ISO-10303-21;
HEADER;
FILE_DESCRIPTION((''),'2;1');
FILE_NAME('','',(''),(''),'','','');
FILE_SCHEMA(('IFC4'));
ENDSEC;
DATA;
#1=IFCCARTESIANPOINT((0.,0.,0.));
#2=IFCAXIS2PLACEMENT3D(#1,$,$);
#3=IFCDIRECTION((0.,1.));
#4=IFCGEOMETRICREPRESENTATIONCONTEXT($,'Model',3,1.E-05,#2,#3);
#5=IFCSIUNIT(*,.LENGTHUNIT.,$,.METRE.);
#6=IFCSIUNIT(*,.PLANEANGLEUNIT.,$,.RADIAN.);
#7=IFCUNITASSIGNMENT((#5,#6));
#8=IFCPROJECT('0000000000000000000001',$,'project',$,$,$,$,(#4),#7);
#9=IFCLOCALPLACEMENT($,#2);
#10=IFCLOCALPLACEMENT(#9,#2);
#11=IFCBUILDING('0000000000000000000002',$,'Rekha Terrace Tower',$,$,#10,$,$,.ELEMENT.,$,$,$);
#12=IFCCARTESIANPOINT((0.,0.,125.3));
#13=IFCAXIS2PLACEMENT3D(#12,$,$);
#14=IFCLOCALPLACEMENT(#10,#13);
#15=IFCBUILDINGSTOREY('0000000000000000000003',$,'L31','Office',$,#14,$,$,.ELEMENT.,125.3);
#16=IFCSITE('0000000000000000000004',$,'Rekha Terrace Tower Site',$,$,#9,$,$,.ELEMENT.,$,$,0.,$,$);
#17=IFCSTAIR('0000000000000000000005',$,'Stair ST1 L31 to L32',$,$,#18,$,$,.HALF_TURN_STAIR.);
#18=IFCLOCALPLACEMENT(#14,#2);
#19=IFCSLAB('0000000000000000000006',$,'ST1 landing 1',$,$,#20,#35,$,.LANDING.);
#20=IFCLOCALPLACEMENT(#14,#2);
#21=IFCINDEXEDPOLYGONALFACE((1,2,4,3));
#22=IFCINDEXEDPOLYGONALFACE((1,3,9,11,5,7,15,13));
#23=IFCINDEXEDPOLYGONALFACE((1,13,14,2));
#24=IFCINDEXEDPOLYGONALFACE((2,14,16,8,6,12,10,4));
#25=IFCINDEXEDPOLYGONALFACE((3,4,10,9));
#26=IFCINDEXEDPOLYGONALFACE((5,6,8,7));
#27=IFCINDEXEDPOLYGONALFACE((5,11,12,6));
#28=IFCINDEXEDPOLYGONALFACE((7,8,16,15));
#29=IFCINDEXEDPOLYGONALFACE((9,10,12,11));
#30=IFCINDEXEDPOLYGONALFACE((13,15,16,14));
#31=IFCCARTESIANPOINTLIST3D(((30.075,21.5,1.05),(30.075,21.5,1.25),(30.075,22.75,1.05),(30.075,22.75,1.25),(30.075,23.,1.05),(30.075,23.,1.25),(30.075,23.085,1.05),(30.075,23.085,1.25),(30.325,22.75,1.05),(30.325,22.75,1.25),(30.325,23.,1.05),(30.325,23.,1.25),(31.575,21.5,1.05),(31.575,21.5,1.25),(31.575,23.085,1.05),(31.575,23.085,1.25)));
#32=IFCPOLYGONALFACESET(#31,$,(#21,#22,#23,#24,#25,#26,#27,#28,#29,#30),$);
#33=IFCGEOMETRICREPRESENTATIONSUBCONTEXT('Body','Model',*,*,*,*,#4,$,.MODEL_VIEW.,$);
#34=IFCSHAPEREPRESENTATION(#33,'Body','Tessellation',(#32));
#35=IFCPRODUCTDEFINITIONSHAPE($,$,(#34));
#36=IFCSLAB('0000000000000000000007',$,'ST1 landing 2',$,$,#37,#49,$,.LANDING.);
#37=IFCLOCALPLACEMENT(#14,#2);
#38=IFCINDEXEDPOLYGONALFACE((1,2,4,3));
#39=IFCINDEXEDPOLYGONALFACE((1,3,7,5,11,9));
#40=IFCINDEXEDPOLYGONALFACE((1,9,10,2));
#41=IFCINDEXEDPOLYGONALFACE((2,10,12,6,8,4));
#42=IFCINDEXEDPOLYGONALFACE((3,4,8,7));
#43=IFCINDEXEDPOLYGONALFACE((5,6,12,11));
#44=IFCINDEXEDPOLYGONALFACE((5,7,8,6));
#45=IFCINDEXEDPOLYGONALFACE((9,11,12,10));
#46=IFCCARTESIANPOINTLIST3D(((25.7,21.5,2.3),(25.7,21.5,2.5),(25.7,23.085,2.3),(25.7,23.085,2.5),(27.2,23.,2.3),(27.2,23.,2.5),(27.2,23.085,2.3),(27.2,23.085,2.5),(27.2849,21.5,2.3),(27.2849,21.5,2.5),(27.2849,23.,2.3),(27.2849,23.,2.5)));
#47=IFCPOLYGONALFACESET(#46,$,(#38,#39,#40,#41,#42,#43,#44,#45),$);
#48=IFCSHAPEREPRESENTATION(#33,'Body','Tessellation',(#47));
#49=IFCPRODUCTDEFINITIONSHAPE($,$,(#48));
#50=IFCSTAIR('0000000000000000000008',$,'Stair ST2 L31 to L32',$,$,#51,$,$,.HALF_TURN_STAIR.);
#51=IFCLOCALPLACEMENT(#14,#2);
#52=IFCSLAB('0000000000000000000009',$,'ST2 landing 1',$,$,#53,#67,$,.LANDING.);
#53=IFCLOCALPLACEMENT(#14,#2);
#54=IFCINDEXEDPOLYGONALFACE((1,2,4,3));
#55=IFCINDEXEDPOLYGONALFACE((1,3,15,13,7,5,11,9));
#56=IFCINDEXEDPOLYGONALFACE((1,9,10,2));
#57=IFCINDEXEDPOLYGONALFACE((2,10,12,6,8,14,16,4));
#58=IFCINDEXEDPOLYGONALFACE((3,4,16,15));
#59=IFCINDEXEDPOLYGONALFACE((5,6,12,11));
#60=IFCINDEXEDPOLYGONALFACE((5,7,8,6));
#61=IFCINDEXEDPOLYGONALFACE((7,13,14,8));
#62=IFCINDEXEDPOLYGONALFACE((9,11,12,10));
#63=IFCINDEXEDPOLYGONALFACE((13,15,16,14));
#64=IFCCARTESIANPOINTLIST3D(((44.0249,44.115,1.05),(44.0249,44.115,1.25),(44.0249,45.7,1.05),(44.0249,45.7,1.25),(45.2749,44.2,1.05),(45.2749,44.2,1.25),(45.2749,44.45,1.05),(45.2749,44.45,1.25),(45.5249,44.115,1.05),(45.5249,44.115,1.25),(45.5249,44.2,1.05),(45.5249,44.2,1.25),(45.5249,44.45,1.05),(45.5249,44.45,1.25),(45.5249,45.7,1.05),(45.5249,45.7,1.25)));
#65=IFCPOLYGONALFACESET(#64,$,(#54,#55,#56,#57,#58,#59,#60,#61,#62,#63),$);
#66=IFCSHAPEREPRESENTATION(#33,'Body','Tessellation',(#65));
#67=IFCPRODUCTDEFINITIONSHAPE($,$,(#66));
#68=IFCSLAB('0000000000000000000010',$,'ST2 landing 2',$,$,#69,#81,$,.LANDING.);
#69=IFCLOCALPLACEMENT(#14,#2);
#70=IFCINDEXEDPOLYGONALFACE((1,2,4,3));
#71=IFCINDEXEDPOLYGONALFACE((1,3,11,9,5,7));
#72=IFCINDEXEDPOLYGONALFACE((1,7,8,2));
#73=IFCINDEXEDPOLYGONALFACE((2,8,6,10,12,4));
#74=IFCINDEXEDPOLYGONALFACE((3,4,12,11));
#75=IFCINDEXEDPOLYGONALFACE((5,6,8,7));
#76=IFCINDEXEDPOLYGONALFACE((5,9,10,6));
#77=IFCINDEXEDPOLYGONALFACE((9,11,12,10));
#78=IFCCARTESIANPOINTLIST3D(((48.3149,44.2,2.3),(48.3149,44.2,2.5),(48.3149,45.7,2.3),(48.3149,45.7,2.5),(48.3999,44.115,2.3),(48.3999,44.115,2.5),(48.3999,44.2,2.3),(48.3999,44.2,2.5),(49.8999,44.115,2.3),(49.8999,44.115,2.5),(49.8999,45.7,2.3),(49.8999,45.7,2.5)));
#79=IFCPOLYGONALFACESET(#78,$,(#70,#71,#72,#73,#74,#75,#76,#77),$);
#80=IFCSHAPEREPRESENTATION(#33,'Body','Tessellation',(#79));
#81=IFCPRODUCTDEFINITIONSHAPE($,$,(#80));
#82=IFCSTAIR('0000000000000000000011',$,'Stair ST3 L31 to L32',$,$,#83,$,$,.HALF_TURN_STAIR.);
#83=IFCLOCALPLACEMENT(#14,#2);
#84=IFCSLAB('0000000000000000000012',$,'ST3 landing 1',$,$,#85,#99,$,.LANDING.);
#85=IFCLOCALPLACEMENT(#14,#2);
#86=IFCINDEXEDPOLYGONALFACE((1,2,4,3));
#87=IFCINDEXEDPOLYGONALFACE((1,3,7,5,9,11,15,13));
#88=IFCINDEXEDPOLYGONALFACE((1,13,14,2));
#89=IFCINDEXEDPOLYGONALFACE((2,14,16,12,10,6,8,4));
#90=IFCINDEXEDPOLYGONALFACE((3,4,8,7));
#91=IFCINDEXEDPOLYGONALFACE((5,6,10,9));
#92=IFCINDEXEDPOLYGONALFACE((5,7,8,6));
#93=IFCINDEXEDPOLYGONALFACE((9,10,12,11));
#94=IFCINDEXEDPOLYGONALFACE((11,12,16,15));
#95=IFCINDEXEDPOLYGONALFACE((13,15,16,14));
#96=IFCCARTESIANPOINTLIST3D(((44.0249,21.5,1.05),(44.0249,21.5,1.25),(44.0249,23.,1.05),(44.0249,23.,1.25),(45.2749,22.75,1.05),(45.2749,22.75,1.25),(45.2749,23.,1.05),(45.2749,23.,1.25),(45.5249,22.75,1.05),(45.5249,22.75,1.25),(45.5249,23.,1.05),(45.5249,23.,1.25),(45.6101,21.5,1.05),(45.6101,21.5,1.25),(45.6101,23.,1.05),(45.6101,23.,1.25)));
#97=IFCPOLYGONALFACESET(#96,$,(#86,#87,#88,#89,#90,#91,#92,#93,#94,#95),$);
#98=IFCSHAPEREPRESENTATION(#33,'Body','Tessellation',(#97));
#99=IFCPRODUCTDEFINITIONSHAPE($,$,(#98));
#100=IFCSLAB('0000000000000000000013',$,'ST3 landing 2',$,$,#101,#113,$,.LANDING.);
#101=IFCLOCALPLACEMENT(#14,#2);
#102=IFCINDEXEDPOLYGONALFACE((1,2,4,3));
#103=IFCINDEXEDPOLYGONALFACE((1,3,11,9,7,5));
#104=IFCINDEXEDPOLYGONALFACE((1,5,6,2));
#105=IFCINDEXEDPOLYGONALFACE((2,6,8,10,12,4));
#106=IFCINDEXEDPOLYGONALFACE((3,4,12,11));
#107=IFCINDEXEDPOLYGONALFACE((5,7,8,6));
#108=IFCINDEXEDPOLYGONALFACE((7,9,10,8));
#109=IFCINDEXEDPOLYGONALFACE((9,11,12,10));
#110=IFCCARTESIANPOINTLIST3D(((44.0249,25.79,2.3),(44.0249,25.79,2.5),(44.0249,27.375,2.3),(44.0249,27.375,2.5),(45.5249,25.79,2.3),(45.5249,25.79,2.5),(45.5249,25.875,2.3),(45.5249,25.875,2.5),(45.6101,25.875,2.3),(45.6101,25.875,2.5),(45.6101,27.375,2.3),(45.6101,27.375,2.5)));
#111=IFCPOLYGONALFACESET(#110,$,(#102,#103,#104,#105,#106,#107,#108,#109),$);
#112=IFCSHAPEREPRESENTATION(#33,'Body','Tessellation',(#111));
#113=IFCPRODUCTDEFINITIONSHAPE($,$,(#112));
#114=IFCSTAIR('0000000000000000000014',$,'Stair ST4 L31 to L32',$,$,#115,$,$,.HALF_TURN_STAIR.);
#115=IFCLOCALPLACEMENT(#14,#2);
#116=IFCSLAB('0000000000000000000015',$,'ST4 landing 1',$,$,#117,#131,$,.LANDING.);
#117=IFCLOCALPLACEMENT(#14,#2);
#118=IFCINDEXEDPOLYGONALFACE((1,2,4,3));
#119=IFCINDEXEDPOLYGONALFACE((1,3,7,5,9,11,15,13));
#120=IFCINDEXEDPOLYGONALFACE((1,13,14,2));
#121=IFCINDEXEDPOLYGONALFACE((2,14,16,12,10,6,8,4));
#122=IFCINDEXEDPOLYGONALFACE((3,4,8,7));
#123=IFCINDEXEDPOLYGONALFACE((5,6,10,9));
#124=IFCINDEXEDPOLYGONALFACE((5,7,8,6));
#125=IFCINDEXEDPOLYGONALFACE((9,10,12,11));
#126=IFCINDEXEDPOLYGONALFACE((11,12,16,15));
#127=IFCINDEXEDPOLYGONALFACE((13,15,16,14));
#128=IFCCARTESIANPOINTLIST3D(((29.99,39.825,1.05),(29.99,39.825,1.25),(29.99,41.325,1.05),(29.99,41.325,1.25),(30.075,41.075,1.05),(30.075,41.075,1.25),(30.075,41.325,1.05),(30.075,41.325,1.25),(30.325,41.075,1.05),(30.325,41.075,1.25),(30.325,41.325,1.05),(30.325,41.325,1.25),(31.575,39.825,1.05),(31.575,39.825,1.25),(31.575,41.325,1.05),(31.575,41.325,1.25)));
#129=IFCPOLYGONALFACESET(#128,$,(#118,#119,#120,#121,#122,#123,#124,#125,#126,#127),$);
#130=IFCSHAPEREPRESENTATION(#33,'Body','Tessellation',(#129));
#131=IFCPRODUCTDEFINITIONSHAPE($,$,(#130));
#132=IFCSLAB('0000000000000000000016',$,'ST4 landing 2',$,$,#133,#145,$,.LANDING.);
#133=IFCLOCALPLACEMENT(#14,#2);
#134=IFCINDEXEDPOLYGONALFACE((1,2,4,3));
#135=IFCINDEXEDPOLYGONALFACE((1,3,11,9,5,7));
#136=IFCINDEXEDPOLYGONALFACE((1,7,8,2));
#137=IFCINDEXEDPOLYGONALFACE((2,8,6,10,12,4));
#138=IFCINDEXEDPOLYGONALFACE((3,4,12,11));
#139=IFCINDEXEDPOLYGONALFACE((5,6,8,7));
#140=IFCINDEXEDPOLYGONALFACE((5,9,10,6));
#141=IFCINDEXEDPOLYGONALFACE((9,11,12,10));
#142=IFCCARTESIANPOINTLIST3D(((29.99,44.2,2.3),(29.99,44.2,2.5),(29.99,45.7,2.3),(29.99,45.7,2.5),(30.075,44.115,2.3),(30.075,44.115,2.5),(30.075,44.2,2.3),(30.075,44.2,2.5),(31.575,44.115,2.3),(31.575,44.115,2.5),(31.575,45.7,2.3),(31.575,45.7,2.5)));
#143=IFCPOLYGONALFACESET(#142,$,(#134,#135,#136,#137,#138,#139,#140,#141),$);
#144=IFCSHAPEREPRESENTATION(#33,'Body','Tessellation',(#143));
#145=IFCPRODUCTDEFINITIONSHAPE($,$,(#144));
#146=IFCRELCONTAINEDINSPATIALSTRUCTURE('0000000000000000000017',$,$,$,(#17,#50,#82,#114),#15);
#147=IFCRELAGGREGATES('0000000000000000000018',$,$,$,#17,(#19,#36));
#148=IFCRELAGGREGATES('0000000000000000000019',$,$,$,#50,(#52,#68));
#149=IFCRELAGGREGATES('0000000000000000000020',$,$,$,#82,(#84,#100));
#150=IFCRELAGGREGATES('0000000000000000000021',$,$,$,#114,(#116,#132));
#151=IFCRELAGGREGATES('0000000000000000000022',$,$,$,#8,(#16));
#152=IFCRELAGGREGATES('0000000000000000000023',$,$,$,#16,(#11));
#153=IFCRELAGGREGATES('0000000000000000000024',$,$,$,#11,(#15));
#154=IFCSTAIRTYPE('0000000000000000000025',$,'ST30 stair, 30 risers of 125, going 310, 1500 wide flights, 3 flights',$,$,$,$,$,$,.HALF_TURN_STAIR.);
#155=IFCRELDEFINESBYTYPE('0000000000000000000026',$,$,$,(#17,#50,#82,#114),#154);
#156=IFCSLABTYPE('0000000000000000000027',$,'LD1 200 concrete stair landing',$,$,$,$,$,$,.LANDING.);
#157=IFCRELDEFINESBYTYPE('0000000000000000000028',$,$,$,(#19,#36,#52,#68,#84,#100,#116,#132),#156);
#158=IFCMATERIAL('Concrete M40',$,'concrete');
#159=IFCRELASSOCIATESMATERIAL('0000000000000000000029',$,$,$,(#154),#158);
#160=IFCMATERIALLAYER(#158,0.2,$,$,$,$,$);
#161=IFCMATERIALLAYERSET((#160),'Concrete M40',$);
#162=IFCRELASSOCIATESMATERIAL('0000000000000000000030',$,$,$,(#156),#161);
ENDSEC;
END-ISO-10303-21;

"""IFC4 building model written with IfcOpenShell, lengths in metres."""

from ifc_helpers import new_model, si_unit, direction, frame, origin, place, context, subcontext, project, spatial, polyline, outline, extrude, material, layer, layer_set, type_object, element, aggregate, save


model = new_model("IFC4")

# Units and contexts
model_context = context("Model", 3, precision=1e-05, world=origin(), true_north=direction((0.0, 1.0)))
body_context = subcontext(model_context, "Body", "Model", "MODEL_VIEW")
ifc_project = project(units=[si_unit("LENGTHUNIT", "METRE"), si_unit("PLANEANGLEUNIT", "RADIAN")], contexts=[model_context])

# Site, building, storey
site_placement = place(None, origin())
site = spatial("IfcSite", under=ifc_project, at=site_placement, Name="Rekha Terrace Tower Site", CompositionType="ELEMENT", RefElevation=0.0)
building_placement = place(site_placement, origin())
building = spatial("IfcBuilding", under=site, at=building_placement, Name="Rekha Terrace Tower", CompositionType="ELEMENT")
storey_placement = place(building_placement, frame((0.0, 0.0, 125.3)))
storey = spatial("IfcBuildingStorey", under=building, at=storey_placement, Name="L31", Description="Office", CompositionType="ELEMENT", Elevation=125.3)

# Stairs, slabs
ifc_material_1 = material(Name="Concrete M40", Category="concrete")
stair_type = type_object("IfcStairType", Name="ST30 stair, 30 risers of 125, going 310, 1500 wide flights, 3 flights", PredefinedType="HALF_TURN_STAIR", material=ifc_material_1)
stair_1_placement = place(storey_placement, origin())
stair_1 = element("IfcStair", 1, at=stair_1_placement, inside=storey, type_object=stair_type, Name="Stair ST1 L31 to L32", PredefinedType="HALF_TURN_STAIR")
ifc_layer_1 = layer(ifc_material_1, 0.2)
ifc_layer_set_1 = layer_set([ifc_layer_1], Name="Concrete M40")
slab_type_1 = type_object("IfcSlabType", Name="LD1 200 concrete stair landing", PredefinedType="LANDING", material=ifc_layer_set_1)
slab_1_placement = place(storey_placement, frame((0.0, 0.0, 1.05)))
slab_1 = element("IfcSlab", 2, at=slab_1_placement, type_object=slab_type_1, Name="ST1 landing 1", PredefinedType="LANDING", context=body_context, shape_type="SweptSolid", body=[
    extrude(outline(polyline([(30.075, 21.5), (31.575, 21.5), (31.575, 23.085), (30.075, 23.085), (30.075, 23.0), (30.325, 23.0), (30.325, 22.75), (30.075, 22.75), (30.075, 21.5)])), origin(), (0.0, 0.0, 1.0), 0.2),
])
slab_2_placement = place(storey_placement, frame((0.0, 0.0, 2.3)))
slab_2 = element("IfcSlab", 3, at=slab_2_placement, type_object=slab_type_1, Name="ST1 landing 2", PredefinedType="LANDING", context=body_context, shape_type="SweptSolid", body=[
    extrude(outline(polyline([(27.2, 23.085), (25.7, 23.085), (25.7, 21.5), (27.2849, 21.5), (27.2849, 23.0), (27.2, 23.0), (27.2, 23.085)])), origin(), (0.0, 0.0, 1.0), 0.2),
])
aggregate(stair_1, [slab_1, slab_2])
stair_2_placement = place(storey_placement, origin())
stair_2 = element("IfcStair", 4, at=stair_2_placement, inside=storey, type_object=stair_type, Name="Stair ST2 L31 to L32", PredefinedType="HALF_TURN_STAIR")
slab_3_placement = place(storey_placement, frame((0.0, 0.0, 1.05)))
slab_3 = element("IfcSlab", 5, at=slab_3_placement, type_object=slab_type_1, Name="ST2 landing 1", PredefinedType="LANDING", context=body_context, shape_type="SweptSolid", body=[
    extrude(outline(polyline([(45.5249, 45.7), (44.0249, 45.7), (44.0249, 44.115), (45.5249, 44.115), (45.5249, 44.2), (45.2749, 44.2), (45.2749, 44.45), (45.5249, 44.45), (45.5249, 45.7)])), origin(), (0.0, 0.0, 1.0), 0.2),
])
slab_4_placement = place(storey_placement, frame((0.0, 0.0, 2.3)))
slab_4 = element("IfcSlab", 6, at=slab_4_placement, type_object=slab_type_1, Name="ST2 landing 2", PredefinedType="LANDING", context=body_context, shape_type="SweptSolid", body=[
    extrude(outline(polyline([(48.3999, 44.115), (49.8999, 44.115), (49.8999, 45.7), (48.3149, 45.7), (48.3149, 44.2), (48.3999, 44.2), (48.3999, 44.115)])), origin(), (0.0, 0.0, 1.0), 0.2),
])
aggregate(stair_2, [slab_3, slab_4])
stair_3_placement = place(storey_placement, origin())
stair_3 = element("IfcStair", 7, at=stair_3_placement, inside=storey, type_object=stair_type, Name="Stair ST3 L31 to L32", PredefinedType="HALF_TURN_STAIR")
slab_5_placement = place(storey_placement, frame((0.0, 0.0, 1.05)))
slab_5 = element("IfcSlab", 8, at=slab_5_placement, type_object=slab_type_1, Name="ST3 landing 1", PredefinedType="LANDING", context=body_context, shape_type="SweptSolid", body=[
    extrude(outline(polyline([(44.0249, 23.0), (44.0249, 21.5), (45.6101, 21.5), (45.6101, 23.0), (45.5249, 23.0), (45.5249, 22.75), (45.2749, 22.75), (45.2749, 23.0), (44.0249, 23.0)])), origin(), (0.0, 0.0, 1.0), 0.2),
])
slab_6_placement = place(storey_placement, frame((0.0, 0.0, 2.3)))
slab_6 = element("IfcSlab", 9, at=slab_6_placement, type_object=slab_type_1, Name="ST3 landing 2", PredefinedType="LANDING", context=body_context, shape_type="SweptSolid", body=[
    extrude(outline(polyline([(45.6101, 25.875), (45.6101, 27.375), (44.0249, 27.375), (44.0249, 25.79), (45.5249, 25.79), (45.5249, 25.875), (45.6101, 25.875)])), origin(), (0.0, 0.0, 1.0), 0.2),
])
aggregate(stair_3, [slab_5, slab_6])
stair_4_placement = place(storey_placement, origin())
stair_4 = element("IfcStair", 10, at=stair_4_placement, inside=storey, type_object=stair_type, Name="Stair ST4 L31 to L32", PredefinedType="HALF_TURN_STAIR")
slab_7_placement = place(storey_placement, frame((0.0, 0.0, 1.05)))
slab_7 = element("IfcSlab", 11, at=slab_7_placement, type_object=slab_type_1, Name="ST4 landing 1", PredefinedType="LANDING", context=body_context, shape_type="SweptSolid", body=[
    extrude(outline(polyline([(31.575, 41.325), (31.575, 39.825), (29.99, 39.825), (29.99, 41.325), (30.075, 41.325), (30.075, 41.075), (30.325, 41.075), (30.325, 41.325), (31.575, 41.325)])), origin(), (0.0, 0.0, 1.0), 0.2),
])
slab_8_placement = place(storey_placement, frame((0.0, 0.0, 2.3)))
slab_8 = element("IfcSlab", 12, at=slab_8_placement, type_object=slab_type_1, Name="ST4 landing 2", PredefinedType="LANDING", context=body_context, shape_type="SweptSolid", body=[
    extrude(outline(polyline([(29.99, 44.2), (29.99, 45.7), (31.575, 45.7), (31.575, 44.115), (30.075, 44.115), (30.075, 44.2), (29.99, 44.2)])), origin(), (0.0, 0.0, 1.0), 0.2),
])
aggregate(stair_4, [slab_7, slab_8])

save(model, "model.ifc")
